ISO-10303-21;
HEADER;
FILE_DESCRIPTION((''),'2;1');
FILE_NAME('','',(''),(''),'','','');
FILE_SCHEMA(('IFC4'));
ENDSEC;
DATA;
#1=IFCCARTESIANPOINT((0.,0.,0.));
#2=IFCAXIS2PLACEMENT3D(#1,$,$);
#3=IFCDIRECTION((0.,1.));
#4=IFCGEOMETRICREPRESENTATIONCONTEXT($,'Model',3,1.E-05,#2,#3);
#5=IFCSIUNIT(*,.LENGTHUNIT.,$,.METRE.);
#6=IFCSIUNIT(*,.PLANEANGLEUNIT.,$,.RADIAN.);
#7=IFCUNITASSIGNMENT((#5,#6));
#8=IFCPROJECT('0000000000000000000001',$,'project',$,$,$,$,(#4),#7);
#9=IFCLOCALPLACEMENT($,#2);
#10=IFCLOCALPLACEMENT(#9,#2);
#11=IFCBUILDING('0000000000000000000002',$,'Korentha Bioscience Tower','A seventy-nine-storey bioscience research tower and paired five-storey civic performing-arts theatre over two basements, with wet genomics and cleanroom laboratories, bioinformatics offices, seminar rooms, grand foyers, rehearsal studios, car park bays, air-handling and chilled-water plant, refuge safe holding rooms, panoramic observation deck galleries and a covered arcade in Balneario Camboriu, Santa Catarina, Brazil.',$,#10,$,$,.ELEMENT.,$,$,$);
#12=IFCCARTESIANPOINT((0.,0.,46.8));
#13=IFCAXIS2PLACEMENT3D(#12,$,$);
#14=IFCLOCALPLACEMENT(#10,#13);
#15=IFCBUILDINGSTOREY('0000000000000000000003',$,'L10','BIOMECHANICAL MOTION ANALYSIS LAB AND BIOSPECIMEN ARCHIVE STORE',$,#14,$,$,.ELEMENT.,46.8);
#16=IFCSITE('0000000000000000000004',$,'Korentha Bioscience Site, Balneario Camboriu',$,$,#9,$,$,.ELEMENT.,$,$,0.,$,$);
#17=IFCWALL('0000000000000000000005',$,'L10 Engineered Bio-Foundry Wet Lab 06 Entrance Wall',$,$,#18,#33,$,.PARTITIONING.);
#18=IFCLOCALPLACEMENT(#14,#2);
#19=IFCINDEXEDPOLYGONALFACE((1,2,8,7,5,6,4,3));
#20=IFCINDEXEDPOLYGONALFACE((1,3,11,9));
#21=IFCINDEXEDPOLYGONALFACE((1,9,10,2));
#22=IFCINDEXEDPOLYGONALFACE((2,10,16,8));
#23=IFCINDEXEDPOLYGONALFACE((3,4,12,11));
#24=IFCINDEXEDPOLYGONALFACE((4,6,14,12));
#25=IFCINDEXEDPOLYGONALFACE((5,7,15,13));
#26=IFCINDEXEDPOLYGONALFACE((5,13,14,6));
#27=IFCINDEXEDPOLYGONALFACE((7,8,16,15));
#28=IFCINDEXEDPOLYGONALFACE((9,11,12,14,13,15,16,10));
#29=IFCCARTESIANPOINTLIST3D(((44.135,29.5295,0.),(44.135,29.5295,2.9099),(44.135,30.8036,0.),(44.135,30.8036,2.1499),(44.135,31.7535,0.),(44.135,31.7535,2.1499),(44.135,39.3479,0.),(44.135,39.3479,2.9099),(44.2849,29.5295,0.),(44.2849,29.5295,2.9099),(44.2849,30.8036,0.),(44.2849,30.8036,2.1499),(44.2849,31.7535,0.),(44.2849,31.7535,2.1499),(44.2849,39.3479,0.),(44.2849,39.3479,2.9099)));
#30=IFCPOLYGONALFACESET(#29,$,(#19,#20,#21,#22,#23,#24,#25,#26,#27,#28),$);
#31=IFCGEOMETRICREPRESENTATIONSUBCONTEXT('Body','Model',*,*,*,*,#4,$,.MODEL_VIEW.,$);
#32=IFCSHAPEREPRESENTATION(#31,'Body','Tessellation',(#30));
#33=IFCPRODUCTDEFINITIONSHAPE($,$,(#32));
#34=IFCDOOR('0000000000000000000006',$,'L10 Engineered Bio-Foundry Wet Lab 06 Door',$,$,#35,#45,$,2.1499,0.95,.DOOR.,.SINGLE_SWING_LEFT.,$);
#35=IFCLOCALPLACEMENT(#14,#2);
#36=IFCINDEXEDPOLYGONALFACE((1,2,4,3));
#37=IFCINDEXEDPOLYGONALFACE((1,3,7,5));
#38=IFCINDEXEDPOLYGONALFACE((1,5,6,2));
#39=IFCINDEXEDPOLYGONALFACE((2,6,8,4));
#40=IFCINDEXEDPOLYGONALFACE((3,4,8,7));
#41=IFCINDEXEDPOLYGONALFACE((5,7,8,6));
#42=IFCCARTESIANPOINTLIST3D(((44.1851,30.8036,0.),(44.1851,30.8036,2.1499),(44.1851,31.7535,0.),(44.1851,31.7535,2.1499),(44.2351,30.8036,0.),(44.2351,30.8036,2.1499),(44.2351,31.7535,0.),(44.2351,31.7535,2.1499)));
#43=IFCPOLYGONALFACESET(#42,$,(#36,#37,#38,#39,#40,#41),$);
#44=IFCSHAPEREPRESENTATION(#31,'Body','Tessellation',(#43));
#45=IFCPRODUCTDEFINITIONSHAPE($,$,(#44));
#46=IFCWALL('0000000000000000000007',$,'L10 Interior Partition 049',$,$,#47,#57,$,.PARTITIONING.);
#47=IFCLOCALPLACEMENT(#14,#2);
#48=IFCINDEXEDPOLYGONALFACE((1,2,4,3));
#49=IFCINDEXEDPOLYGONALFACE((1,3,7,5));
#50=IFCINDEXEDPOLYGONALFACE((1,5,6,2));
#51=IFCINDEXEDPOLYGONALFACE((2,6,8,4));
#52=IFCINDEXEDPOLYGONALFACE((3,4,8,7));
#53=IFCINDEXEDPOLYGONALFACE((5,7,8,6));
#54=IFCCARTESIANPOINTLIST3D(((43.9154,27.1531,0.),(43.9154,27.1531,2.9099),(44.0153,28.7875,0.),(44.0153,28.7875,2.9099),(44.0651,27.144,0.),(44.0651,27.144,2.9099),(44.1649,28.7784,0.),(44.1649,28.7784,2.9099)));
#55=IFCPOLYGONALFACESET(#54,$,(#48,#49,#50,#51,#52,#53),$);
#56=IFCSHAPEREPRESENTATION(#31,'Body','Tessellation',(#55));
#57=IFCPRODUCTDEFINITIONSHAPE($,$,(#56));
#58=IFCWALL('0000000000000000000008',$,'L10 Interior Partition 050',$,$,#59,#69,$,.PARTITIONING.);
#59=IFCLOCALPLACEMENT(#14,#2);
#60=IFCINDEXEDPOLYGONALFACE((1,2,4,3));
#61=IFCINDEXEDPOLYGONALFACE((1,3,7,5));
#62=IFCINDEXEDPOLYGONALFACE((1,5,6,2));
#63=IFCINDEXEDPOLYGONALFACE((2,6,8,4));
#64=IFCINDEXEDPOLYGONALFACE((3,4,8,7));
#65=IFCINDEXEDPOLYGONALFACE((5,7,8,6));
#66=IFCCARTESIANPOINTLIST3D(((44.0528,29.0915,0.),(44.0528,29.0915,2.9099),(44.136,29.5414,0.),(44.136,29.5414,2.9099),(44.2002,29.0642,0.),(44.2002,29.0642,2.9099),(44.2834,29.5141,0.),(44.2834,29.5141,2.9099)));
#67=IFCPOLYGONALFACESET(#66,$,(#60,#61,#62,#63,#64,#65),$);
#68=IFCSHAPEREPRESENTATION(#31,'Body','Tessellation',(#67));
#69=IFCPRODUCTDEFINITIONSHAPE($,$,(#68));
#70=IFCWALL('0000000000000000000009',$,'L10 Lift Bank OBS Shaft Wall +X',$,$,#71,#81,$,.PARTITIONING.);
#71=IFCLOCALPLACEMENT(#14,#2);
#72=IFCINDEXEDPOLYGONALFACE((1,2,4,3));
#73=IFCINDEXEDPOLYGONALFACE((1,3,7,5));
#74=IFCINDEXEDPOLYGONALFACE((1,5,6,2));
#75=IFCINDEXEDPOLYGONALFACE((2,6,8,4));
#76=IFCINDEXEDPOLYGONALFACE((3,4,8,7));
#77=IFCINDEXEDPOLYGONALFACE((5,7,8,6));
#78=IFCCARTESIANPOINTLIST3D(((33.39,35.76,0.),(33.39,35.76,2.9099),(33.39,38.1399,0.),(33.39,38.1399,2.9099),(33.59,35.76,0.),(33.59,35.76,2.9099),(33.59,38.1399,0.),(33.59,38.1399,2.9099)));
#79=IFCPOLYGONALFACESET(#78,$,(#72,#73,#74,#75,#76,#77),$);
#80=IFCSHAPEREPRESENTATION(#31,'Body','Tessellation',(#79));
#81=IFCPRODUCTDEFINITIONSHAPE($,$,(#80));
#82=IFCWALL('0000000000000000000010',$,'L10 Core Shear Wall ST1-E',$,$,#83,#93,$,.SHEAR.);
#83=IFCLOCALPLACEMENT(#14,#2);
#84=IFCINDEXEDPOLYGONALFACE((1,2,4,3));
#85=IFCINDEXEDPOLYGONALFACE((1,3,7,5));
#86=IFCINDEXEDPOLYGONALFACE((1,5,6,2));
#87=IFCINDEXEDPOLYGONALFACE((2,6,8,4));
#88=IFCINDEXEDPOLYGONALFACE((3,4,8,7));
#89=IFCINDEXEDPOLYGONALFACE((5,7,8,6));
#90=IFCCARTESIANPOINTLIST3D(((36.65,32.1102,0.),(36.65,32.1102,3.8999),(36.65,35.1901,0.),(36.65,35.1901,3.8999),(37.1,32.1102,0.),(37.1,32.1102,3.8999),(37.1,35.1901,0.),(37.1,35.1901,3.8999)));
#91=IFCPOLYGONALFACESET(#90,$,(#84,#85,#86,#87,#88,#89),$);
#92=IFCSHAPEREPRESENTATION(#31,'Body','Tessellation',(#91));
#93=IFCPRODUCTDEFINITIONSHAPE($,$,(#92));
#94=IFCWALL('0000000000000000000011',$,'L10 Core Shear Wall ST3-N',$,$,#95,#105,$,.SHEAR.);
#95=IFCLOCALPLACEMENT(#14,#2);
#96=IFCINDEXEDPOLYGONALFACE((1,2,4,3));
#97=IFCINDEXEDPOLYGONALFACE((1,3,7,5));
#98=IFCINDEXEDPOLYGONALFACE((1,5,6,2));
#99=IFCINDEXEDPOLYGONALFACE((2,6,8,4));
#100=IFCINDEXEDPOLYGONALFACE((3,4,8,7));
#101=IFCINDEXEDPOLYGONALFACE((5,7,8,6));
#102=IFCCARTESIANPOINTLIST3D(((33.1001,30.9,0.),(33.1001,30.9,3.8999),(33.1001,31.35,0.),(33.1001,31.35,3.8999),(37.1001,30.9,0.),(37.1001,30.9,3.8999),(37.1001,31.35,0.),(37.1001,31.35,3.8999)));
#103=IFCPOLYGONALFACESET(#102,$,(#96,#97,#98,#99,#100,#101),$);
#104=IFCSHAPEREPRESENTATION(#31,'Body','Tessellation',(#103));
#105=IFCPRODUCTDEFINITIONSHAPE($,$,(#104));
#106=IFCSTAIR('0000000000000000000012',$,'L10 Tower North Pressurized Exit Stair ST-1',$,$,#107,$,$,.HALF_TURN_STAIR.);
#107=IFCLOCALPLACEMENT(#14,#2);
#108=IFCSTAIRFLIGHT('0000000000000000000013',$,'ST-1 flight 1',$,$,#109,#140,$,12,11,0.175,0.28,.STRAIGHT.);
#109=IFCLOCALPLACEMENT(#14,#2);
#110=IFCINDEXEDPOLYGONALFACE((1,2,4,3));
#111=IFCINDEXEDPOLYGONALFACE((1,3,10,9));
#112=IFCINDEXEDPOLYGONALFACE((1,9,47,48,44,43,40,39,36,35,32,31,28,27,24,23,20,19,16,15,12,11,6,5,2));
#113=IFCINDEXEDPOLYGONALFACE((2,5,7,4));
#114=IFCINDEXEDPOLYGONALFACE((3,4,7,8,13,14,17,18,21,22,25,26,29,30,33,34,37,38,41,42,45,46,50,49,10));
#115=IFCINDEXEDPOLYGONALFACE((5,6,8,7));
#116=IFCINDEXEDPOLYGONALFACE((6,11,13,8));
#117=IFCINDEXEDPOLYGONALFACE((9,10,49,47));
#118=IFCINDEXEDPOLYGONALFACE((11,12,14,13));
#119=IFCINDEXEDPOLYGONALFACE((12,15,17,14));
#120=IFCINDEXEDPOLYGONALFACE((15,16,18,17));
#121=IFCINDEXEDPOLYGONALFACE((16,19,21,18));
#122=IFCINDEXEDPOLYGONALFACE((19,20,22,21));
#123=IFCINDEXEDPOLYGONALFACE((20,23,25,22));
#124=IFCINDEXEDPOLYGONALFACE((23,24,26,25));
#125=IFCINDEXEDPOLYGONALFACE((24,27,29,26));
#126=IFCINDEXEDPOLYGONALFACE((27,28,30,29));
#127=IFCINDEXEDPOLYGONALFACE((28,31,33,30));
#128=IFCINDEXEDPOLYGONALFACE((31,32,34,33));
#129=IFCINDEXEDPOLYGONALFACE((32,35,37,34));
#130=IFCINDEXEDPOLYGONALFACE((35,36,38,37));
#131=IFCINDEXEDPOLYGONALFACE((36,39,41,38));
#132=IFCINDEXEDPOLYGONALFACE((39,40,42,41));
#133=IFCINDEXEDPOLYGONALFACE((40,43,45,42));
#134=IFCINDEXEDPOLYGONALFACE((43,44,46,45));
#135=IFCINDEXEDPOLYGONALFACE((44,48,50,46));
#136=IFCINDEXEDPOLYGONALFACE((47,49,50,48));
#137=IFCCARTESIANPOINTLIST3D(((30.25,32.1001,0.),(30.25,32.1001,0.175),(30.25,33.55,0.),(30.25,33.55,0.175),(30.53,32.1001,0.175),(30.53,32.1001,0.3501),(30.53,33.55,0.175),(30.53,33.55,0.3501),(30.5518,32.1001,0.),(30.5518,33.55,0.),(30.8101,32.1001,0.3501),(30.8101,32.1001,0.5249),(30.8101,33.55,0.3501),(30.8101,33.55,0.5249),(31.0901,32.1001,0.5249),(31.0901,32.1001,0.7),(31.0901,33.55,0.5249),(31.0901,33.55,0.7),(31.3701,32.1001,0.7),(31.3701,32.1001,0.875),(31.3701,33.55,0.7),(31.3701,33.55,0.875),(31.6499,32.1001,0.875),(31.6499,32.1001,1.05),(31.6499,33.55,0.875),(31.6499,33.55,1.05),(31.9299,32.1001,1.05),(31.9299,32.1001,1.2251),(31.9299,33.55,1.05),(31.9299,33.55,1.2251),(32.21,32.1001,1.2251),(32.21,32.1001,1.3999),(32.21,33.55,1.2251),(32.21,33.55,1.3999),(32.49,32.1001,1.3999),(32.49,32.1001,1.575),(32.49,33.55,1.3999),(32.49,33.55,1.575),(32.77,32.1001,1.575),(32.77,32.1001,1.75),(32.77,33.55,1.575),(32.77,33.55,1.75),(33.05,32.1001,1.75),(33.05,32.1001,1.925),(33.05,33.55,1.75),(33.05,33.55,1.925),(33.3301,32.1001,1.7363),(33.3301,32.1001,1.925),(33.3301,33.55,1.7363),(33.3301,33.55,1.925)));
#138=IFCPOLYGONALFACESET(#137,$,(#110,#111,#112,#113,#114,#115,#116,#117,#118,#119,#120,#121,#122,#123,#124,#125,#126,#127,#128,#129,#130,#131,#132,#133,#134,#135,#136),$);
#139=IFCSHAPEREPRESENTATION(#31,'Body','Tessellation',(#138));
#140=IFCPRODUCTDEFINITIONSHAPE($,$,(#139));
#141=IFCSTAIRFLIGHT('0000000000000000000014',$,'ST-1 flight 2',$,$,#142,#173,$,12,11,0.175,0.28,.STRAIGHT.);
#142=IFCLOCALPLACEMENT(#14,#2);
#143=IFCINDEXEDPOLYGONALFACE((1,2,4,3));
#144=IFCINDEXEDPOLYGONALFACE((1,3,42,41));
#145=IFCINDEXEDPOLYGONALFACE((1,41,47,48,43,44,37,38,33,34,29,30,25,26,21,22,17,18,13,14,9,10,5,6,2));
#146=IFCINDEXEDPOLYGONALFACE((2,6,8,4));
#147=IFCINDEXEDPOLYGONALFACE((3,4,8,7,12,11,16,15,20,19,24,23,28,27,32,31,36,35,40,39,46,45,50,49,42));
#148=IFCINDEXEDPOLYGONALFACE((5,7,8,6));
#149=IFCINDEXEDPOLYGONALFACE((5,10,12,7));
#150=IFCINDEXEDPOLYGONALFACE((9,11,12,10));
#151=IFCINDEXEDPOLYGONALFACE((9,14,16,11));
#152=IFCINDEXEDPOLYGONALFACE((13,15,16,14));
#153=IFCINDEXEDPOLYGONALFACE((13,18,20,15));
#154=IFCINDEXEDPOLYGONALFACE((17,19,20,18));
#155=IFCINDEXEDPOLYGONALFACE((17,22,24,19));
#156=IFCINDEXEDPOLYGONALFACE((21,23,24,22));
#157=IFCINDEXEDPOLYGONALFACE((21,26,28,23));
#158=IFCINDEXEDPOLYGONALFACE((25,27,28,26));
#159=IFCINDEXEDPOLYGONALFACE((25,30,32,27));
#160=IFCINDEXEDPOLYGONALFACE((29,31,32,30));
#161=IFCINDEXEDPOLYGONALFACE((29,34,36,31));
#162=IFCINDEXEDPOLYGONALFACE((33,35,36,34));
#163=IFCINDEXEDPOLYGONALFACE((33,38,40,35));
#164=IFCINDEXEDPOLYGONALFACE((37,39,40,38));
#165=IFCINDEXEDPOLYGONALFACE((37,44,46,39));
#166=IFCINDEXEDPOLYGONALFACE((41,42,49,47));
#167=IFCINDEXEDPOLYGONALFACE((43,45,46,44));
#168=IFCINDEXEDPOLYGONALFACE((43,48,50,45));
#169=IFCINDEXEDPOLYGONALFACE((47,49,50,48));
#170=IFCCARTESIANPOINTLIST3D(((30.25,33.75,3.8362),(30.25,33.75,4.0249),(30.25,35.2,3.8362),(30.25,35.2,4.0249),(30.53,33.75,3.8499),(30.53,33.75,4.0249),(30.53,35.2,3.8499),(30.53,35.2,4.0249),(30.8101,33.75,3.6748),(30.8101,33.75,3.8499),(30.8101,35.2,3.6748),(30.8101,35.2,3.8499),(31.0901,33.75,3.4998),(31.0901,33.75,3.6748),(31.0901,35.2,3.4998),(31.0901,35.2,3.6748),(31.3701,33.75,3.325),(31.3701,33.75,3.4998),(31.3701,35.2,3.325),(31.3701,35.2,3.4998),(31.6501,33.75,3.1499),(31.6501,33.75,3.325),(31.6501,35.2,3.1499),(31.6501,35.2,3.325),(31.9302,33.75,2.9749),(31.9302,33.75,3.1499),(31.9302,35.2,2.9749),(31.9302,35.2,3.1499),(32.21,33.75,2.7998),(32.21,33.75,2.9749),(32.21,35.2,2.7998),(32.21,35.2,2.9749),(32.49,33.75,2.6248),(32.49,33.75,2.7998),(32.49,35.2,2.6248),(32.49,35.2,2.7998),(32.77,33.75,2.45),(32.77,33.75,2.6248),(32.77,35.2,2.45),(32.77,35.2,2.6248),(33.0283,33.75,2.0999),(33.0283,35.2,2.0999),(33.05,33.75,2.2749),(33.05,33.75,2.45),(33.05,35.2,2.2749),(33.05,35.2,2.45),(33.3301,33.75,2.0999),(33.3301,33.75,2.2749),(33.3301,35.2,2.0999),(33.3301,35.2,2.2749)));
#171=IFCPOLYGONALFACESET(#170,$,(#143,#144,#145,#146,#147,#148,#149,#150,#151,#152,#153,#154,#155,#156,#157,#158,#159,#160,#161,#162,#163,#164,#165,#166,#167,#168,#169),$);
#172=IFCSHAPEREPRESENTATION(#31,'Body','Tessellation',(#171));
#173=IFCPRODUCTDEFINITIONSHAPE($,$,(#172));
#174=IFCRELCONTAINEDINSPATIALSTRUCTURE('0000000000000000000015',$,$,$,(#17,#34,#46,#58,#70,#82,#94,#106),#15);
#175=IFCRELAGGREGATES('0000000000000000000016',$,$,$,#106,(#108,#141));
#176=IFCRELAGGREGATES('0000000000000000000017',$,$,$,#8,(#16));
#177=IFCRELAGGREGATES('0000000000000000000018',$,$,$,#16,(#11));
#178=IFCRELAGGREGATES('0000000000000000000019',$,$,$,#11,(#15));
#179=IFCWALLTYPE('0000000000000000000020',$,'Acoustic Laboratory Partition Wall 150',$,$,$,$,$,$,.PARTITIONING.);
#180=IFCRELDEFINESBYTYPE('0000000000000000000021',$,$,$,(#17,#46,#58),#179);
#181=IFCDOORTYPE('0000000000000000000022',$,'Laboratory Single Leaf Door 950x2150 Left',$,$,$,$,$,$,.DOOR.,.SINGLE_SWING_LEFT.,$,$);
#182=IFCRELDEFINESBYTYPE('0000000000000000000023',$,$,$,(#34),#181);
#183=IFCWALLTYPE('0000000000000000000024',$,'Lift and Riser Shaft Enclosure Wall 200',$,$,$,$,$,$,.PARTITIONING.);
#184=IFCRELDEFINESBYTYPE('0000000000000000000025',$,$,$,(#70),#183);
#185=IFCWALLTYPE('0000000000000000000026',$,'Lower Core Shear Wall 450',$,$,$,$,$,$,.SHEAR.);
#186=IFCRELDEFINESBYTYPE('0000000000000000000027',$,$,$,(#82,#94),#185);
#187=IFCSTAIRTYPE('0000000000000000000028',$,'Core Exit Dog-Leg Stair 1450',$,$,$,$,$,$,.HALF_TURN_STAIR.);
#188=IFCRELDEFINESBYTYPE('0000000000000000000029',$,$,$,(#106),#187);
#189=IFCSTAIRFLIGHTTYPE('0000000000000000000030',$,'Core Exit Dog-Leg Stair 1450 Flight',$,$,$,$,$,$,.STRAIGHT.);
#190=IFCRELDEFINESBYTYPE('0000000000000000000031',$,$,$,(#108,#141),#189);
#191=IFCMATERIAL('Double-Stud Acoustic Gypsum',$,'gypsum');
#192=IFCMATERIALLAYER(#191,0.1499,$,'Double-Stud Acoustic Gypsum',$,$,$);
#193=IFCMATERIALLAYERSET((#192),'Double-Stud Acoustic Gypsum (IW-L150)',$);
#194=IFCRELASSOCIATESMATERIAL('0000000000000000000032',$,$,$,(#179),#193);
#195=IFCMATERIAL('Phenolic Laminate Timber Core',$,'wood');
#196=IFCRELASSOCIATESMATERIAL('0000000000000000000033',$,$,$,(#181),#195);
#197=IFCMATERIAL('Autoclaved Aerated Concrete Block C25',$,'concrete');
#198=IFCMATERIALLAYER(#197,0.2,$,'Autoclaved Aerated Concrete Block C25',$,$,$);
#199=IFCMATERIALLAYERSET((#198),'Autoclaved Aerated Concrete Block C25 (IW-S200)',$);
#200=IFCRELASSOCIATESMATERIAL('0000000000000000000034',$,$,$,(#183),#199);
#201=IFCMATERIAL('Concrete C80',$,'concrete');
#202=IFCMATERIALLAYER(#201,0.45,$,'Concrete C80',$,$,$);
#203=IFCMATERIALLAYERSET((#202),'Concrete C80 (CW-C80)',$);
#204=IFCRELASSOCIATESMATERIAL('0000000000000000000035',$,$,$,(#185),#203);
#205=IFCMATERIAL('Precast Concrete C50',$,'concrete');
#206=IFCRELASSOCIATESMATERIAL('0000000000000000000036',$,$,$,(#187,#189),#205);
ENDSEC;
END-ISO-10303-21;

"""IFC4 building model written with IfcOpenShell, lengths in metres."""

from ifc_helpers import new_model, si_unit, direction, frame, frame_2d, origin, place, context, subcontext, project, spatial, polyline, rectangle, outline, extrude, material, layer, layer_set, type_object, element, fill, aggregate, save


model = new_model("IFC4")

# Units and contexts
model_context = context("Model", 3, precision=1e-05, world=origin(), true_north=direction((0.0, 1.0)))
body_context = subcontext(model_context, "Body", "Model", "MODEL_VIEW")
ifc_project = project(units=[si_unit("LENGTHUNIT", "METRE"), si_unit("PLANEANGLEUNIT", "RADIAN")], contexts=[model_context])

# Site, building, storey
site_placement = place(None, origin())
site = spatial("IfcSite", under=ifc_project, at=site_placement, Name="Korentha Bioscience Site, Balneario Camboriu", CompositionType="ELEMENT", RefElevation=0.0)
building_placement = place(site_placement, origin())
building = spatial("IfcBuilding", under=site, at=building_placement, Name="Korentha Bioscience Tower", Description="A seventy-nine-storey bioscience research tower and paired five-storey civic performing-arts theatre over two basements, with wet genomics and cleanroom laboratories, bioinformatics offices, seminar rooms, grand foyers, rehearsal studios, car park bays, air-handling and chilled-water plant, refuge safe holding rooms, panoramic observation deck galleries and a covered arcade in Balneario Camboriu, Santa Catarina, Brazil.", CompositionType="ELEMENT")
storey_placement = place(building_placement, frame((0.0, 0.0, 46.8)))
storey = spatial("IfcBuildingStorey", under=building, at=storey_placement, Name="L10", Description="BIOMECHANICAL MOTION ANALYSIS LAB AND BIOSPECIMEN ARCHIVE STORE", CompositionType="ELEMENT", Elevation=46.8)

# Wall, opening, door
ifc_material_1 = material(Name="Double-Stud Acoustic Gypsum", Category="gypsum")
ifc_layer_1 = layer(ifc_material_1, 0.1499, Name="Double-Stud Acoustic Gypsum")
ifc_layer_set_1 = layer_set([ifc_layer_1], Name="Double-Stud Acoustic Gypsum (IW-L150)")
wall_type_1 = type_object("IfcWallType", Name="Acoustic Laboratory Partition Wall 150", PredefinedType="PARTITIONING", material=ifc_layer_set_1)
wall_1_placement = place(storey_placement, frame((44.21, 29.5295, 0.0), z_axis=(0.0, 0.0, 1.0), x_axis=(0.0, 1.0, 0.0)))
wall_1 = element("IfcWall", 1, at=wall_1_placement, inside=storey, type_object=wall_type_1, Name="L10 Engineered Bio-Foundry Wet Lab 06 Entrance Wall", PredefinedType="PARTITIONING", context=body_context, shape_type="SweptSolid", body=[
    extrude(rectangle(XDim=9.8184, YDim=0.1499, at=frame_2d((4.9092, 0.0))), origin(), (0.0, 0.0, 1.0), 2.9099),
])
opening_placement = place(wall_1_placement, frame((1.2739, 0.0, 0.0)))
opening = element("IfcOpeningElement", 2, at=opening_placement, cuts=wall_1, PredefinedType="OPENING", context=body_context, shape_type="SweptSolid", body=[
    extrude(rectangle(XDim=0.95, YDim=2.1499, at=frame_2d((0.4751, 1.075))), frame((0.0, 0.0898, 0.0), z_axis=(0.0, -1.0, 0.0), x_axis=(1.0, 0.0, 0.0)), (0.0, 0.0, 1.0), 0.1797),
])
ifc_material_2 = material(Name="Phenolic Laminate Timber Core", Category="wood")
door_type = type_object("IfcDoorType", Name="Laboratory Single Leaf Door 950x2150 Left", OperationType="SINGLE_SWING_LEFT", PredefinedType="DOOR", material=ifc_material_2)
door_placement = place(opening_placement, origin())
door = element("IfcDoor", 3, at=door_placement, inside=storey, type_object=door_type, Name="L10 Engineered Bio-Foundry Wet Lab 06 Door", OperationType="SINGLE_SWING_LEFT", OverallHeight=2.1499, OverallWidth=0.95, PredefinedType="DOOR", context=body_context, shape_type="SweptSolid", body=[
    extrude(rectangle(XDim=0.95, YDim=2.1499, at=frame_2d((0.4751, 1.075))), frame((0.0, 0.0249, 0.0), z_axis=(0.0, -1.0, 0.0), x_axis=(1.0, 0.0, 0.0)), (0.0, 0.0, 1.0), 0.05),
])
fill(opening, door)

# Walls
wall_2_placement = place(storey_placement, frame((43.9902, 27.1484, 0.0), z_axis=(0.0, 0.0, 1.0), x_axis=(0.060977, 0.998139, 0.0)))
element("IfcWall", 4, at=wall_2_placement, inside=storey, type_object=wall_type_1, Name="L10 Interior Partition 049", PredefinedType="PARTITIONING", context=body_context, shape_type="SweptSolid", body=[
    extrude(rectangle(XDim=1.6375, YDim=0.1499, at=frame_2d((0.8188, 0.0))), origin(), (0.0, 0.0, 1.0), 2.9099),
])
wall_3_placement = place(storey_placement, frame((44.1265, 29.0779, 0.0), z_axis=(0.0, 0.0, 1.0), x_axis=(0.181936, 0.98331, 0.0)))
element("IfcWall", 5, at=wall_3_placement, inside=storey, type_object=wall_type_1, Name="L10 Interior Partition 050", PredefinedType="PARTITIONING", context=body_context, shape_type="SweptSolid", body=[
    extrude(rectangle(XDim=0.4575, YDim=0.1499, at=frame_2d((0.2288, 0.0))), origin(), (0.0, 0.0, 1.0), 2.9099),
])
ifc_material_3 = material(Name="Autoclaved Aerated Concrete Block C25", Category="concrete")
ifc_layer_2 = layer(ifc_material_3, 0.2, Name="Autoclaved Aerated Concrete Block C25")
ifc_layer_set_2 = layer_set([ifc_layer_2], Name="Autoclaved Aerated Concrete Block C25 (IW-S200)")
wall_type_2 = type_object("IfcWallType", Name="Lift and Riser Shaft Enclosure Wall 200", PredefinedType="PARTITIONING", material=ifc_layer_set_2)
wall_4_placement = place(storey_placement, frame((33.49, 35.76, 0.0), z_axis=(0.0, 0.0, 1.0), x_axis=(0.0, 1.0, 0.0)))
element("IfcWall", 6, at=wall_4_placement, inside=storey, type_object=wall_type_2, Name="L10 Lift Bank OBS Shaft Wall +X", PredefinedType="PARTITIONING", context=body_context, shape_type="SweptSolid", body=[
    extrude(rectangle(XDim=2.3799, YDim=0.2, at=frame_2d((1.1899, 0.0))), origin(), (0.0, 0.0, 1.0), 2.9099),
])
ifc_material_4 = material(Name="Concrete C80", Category="concrete")
ifc_layer_3 = layer(ifc_material_4, 0.45, Name="Concrete C80")
ifc_layer_set_3 = layer_set([ifc_layer_3], Name="Concrete C80 (CW-C80)")
wall_type_3 = type_object("IfcWallType", Name="Lower Core Shear Wall 450", PredefinedType="SHEAR", material=ifc_layer_set_3)
wall_5_placement = place(storey_placement, frame((36.875, 32.1101, 0.0), z_axis=(0.0, 0.0, 1.0), x_axis=(0.0, 1.0, 0.0)))
element("IfcWall", 7, at=wall_5_placement, inside=storey, type_object=wall_type_3, Name="L10 Core Shear Wall ST1-E", PredefinedType="SHEAR", context=body_context, shape_type="SweptSolid", body=[
    extrude(rectangle(XDim=3.0798, YDim=0.45, at=frame_2d((1.54, 0.0))), origin(), (0.0, 0.0, 1.0), 3.8999),
])
wall_6_placement = place(storey_placement, frame((33.1001, 31.125, 0.0), z_axis=(0.0, 0.0, 1.0), x_axis=(1.0, 0.0, 0.0)))
element("IfcWall", 8, at=wall_6_placement, inside=storey, type_object=wall_type_3, Name="L10 Core Shear Wall ST3-N", PredefinedType="SHEAR", context=body_context, shape_type="SweptSolid", body=[
    extrude(rectangle(XDim=4.0, YDim=0.45, at=frame_2d((2.0, 0.0))), origin(), (0.0, 0.0, 1.0), 3.8999),
])

# Stair, stair flights
ifc_material_5 = material(Name="Precast Concrete C50", Category="concrete")
stair_type = type_object("IfcStairType", Name="Core Exit Dog-Leg Stair 1450", PredefinedType="HALF_TURN_STAIR", material=ifc_material_5)
stair_1_placement = place(storey_placement, origin())
stair_1 = element("IfcStair", 9, at=stair_1_placement, inside=storey, type_object=stair_type, Name="L10 Tower North Pressurized Exit Stair ST-1", PredefinedType="HALF_TURN_STAIR")
stair_flight_type = type_object("IfcStairFlightType", Name="Core Exit Dog-Leg Stair 1450 Flight", PredefinedType="STRAIGHT", material=ifc_material_5)
stair_flight_1_placement = place(storey_placement, frame((30.25, 32.825, 0.0), z_axis=(0.0, 0.0, 1.0), x_axis=(1.0, 0.0, 0.0)))
stair_flight_1 = element("IfcStairFlight", 10, at=stair_flight_1_placement, type_object=stair_flight_type, Name="ST-1 flight 1", NumberOfRisers=12, NumberOfTreads=11, PredefinedType="STRAIGHT", RiserHeight=0.175, TreadLength=0.28, context=body_context, shape_type="SweptSolid", body=[
    extrude(outline(polyline([(0.0, 0.0), (0.0, 0.175), (0.28, 0.175), (0.28, 0.3501), (0.5601, 0.3501), (0.5601, 0.5249), (0.8401, 0.5249), (0.8401, 0.7), (1.1201, 0.7), (1.1201, 0.875), (1.3999, 0.875), (1.3999, 1.05), (1.6799, 1.05), (1.6799, 1.2251), (1.96, 1.2251), (1.96, 1.3999), (2.24, 1.3999), (2.24, 1.575), (2.52, 1.575), (2.52, 1.75), (2.8, 1.75), (2.8, 1.925), (3.0801, 1.925), (3.0801, 2.1001), (3.0801, 1.7363), (0.3018, 0.0), (0.0, 0.0)])), frame((0.0, 0.7251, 0.0), z_axis=(0.0, -1.0, 0.0), x_axis=(1.0, 0.0, 0.0)), (0.0, 0.0, 1.0), 1.45),
])
stair_flight_2_placement = place(storey_placement, frame((33.3301, 34.4751, 2.0999), z_axis=(0.0, 0.0, 1.0), x_axis=(-1.0, 0.0, 0.0)))
stair_flight_2 = element("IfcStairFlight", 11, at=stair_flight_2_placement, type_object=stair_flight_type, Name="ST-1 flight 2", NumberOfRisers=12, NumberOfTreads=11, PredefinedType="STRAIGHT", RiserHeight=0.175, TreadLength=0.28, context=body_context, shape_type="SweptSolid", body=[
    extrude(outline(polyline([(0.0, 0.0), (0.0, 0.175), (0.28, 0.175), (0.28, 0.3501), (0.5601, 0.3501), (0.5601, 0.5249), (0.8401, 0.5249), (0.8401, 0.7), (1.1201, 0.7), (1.1201, 0.875), (1.3999, 0.875), (1.3999, 1.05), (1.6799, 1.05), (1.6799, 1.2251), (1.96, 1.2251), (1.96, 1.3999), (2.24, 1.3999), (2.24, 1.575), (2.52, 1.575), (2.52, 1.75), (2.8, 1.75), (2.8, 1.925), (3.0801, 1.925), (3.0801, 2.1001), (3.0801, 1.7363), (0.3018, 0.0), (0.0, 0.0)])), frame((0.0, 0.7251, 0.0), z_axis=(0.0, -1.0, 0.0), x_axis=(1.0, 0.0, 0.0)), (0.0, 0.0, 1.0), 1.45),
])
aggregate(stair_1, [stair_flight_1, stair_flight_2])

save(model, "model.ifc")
